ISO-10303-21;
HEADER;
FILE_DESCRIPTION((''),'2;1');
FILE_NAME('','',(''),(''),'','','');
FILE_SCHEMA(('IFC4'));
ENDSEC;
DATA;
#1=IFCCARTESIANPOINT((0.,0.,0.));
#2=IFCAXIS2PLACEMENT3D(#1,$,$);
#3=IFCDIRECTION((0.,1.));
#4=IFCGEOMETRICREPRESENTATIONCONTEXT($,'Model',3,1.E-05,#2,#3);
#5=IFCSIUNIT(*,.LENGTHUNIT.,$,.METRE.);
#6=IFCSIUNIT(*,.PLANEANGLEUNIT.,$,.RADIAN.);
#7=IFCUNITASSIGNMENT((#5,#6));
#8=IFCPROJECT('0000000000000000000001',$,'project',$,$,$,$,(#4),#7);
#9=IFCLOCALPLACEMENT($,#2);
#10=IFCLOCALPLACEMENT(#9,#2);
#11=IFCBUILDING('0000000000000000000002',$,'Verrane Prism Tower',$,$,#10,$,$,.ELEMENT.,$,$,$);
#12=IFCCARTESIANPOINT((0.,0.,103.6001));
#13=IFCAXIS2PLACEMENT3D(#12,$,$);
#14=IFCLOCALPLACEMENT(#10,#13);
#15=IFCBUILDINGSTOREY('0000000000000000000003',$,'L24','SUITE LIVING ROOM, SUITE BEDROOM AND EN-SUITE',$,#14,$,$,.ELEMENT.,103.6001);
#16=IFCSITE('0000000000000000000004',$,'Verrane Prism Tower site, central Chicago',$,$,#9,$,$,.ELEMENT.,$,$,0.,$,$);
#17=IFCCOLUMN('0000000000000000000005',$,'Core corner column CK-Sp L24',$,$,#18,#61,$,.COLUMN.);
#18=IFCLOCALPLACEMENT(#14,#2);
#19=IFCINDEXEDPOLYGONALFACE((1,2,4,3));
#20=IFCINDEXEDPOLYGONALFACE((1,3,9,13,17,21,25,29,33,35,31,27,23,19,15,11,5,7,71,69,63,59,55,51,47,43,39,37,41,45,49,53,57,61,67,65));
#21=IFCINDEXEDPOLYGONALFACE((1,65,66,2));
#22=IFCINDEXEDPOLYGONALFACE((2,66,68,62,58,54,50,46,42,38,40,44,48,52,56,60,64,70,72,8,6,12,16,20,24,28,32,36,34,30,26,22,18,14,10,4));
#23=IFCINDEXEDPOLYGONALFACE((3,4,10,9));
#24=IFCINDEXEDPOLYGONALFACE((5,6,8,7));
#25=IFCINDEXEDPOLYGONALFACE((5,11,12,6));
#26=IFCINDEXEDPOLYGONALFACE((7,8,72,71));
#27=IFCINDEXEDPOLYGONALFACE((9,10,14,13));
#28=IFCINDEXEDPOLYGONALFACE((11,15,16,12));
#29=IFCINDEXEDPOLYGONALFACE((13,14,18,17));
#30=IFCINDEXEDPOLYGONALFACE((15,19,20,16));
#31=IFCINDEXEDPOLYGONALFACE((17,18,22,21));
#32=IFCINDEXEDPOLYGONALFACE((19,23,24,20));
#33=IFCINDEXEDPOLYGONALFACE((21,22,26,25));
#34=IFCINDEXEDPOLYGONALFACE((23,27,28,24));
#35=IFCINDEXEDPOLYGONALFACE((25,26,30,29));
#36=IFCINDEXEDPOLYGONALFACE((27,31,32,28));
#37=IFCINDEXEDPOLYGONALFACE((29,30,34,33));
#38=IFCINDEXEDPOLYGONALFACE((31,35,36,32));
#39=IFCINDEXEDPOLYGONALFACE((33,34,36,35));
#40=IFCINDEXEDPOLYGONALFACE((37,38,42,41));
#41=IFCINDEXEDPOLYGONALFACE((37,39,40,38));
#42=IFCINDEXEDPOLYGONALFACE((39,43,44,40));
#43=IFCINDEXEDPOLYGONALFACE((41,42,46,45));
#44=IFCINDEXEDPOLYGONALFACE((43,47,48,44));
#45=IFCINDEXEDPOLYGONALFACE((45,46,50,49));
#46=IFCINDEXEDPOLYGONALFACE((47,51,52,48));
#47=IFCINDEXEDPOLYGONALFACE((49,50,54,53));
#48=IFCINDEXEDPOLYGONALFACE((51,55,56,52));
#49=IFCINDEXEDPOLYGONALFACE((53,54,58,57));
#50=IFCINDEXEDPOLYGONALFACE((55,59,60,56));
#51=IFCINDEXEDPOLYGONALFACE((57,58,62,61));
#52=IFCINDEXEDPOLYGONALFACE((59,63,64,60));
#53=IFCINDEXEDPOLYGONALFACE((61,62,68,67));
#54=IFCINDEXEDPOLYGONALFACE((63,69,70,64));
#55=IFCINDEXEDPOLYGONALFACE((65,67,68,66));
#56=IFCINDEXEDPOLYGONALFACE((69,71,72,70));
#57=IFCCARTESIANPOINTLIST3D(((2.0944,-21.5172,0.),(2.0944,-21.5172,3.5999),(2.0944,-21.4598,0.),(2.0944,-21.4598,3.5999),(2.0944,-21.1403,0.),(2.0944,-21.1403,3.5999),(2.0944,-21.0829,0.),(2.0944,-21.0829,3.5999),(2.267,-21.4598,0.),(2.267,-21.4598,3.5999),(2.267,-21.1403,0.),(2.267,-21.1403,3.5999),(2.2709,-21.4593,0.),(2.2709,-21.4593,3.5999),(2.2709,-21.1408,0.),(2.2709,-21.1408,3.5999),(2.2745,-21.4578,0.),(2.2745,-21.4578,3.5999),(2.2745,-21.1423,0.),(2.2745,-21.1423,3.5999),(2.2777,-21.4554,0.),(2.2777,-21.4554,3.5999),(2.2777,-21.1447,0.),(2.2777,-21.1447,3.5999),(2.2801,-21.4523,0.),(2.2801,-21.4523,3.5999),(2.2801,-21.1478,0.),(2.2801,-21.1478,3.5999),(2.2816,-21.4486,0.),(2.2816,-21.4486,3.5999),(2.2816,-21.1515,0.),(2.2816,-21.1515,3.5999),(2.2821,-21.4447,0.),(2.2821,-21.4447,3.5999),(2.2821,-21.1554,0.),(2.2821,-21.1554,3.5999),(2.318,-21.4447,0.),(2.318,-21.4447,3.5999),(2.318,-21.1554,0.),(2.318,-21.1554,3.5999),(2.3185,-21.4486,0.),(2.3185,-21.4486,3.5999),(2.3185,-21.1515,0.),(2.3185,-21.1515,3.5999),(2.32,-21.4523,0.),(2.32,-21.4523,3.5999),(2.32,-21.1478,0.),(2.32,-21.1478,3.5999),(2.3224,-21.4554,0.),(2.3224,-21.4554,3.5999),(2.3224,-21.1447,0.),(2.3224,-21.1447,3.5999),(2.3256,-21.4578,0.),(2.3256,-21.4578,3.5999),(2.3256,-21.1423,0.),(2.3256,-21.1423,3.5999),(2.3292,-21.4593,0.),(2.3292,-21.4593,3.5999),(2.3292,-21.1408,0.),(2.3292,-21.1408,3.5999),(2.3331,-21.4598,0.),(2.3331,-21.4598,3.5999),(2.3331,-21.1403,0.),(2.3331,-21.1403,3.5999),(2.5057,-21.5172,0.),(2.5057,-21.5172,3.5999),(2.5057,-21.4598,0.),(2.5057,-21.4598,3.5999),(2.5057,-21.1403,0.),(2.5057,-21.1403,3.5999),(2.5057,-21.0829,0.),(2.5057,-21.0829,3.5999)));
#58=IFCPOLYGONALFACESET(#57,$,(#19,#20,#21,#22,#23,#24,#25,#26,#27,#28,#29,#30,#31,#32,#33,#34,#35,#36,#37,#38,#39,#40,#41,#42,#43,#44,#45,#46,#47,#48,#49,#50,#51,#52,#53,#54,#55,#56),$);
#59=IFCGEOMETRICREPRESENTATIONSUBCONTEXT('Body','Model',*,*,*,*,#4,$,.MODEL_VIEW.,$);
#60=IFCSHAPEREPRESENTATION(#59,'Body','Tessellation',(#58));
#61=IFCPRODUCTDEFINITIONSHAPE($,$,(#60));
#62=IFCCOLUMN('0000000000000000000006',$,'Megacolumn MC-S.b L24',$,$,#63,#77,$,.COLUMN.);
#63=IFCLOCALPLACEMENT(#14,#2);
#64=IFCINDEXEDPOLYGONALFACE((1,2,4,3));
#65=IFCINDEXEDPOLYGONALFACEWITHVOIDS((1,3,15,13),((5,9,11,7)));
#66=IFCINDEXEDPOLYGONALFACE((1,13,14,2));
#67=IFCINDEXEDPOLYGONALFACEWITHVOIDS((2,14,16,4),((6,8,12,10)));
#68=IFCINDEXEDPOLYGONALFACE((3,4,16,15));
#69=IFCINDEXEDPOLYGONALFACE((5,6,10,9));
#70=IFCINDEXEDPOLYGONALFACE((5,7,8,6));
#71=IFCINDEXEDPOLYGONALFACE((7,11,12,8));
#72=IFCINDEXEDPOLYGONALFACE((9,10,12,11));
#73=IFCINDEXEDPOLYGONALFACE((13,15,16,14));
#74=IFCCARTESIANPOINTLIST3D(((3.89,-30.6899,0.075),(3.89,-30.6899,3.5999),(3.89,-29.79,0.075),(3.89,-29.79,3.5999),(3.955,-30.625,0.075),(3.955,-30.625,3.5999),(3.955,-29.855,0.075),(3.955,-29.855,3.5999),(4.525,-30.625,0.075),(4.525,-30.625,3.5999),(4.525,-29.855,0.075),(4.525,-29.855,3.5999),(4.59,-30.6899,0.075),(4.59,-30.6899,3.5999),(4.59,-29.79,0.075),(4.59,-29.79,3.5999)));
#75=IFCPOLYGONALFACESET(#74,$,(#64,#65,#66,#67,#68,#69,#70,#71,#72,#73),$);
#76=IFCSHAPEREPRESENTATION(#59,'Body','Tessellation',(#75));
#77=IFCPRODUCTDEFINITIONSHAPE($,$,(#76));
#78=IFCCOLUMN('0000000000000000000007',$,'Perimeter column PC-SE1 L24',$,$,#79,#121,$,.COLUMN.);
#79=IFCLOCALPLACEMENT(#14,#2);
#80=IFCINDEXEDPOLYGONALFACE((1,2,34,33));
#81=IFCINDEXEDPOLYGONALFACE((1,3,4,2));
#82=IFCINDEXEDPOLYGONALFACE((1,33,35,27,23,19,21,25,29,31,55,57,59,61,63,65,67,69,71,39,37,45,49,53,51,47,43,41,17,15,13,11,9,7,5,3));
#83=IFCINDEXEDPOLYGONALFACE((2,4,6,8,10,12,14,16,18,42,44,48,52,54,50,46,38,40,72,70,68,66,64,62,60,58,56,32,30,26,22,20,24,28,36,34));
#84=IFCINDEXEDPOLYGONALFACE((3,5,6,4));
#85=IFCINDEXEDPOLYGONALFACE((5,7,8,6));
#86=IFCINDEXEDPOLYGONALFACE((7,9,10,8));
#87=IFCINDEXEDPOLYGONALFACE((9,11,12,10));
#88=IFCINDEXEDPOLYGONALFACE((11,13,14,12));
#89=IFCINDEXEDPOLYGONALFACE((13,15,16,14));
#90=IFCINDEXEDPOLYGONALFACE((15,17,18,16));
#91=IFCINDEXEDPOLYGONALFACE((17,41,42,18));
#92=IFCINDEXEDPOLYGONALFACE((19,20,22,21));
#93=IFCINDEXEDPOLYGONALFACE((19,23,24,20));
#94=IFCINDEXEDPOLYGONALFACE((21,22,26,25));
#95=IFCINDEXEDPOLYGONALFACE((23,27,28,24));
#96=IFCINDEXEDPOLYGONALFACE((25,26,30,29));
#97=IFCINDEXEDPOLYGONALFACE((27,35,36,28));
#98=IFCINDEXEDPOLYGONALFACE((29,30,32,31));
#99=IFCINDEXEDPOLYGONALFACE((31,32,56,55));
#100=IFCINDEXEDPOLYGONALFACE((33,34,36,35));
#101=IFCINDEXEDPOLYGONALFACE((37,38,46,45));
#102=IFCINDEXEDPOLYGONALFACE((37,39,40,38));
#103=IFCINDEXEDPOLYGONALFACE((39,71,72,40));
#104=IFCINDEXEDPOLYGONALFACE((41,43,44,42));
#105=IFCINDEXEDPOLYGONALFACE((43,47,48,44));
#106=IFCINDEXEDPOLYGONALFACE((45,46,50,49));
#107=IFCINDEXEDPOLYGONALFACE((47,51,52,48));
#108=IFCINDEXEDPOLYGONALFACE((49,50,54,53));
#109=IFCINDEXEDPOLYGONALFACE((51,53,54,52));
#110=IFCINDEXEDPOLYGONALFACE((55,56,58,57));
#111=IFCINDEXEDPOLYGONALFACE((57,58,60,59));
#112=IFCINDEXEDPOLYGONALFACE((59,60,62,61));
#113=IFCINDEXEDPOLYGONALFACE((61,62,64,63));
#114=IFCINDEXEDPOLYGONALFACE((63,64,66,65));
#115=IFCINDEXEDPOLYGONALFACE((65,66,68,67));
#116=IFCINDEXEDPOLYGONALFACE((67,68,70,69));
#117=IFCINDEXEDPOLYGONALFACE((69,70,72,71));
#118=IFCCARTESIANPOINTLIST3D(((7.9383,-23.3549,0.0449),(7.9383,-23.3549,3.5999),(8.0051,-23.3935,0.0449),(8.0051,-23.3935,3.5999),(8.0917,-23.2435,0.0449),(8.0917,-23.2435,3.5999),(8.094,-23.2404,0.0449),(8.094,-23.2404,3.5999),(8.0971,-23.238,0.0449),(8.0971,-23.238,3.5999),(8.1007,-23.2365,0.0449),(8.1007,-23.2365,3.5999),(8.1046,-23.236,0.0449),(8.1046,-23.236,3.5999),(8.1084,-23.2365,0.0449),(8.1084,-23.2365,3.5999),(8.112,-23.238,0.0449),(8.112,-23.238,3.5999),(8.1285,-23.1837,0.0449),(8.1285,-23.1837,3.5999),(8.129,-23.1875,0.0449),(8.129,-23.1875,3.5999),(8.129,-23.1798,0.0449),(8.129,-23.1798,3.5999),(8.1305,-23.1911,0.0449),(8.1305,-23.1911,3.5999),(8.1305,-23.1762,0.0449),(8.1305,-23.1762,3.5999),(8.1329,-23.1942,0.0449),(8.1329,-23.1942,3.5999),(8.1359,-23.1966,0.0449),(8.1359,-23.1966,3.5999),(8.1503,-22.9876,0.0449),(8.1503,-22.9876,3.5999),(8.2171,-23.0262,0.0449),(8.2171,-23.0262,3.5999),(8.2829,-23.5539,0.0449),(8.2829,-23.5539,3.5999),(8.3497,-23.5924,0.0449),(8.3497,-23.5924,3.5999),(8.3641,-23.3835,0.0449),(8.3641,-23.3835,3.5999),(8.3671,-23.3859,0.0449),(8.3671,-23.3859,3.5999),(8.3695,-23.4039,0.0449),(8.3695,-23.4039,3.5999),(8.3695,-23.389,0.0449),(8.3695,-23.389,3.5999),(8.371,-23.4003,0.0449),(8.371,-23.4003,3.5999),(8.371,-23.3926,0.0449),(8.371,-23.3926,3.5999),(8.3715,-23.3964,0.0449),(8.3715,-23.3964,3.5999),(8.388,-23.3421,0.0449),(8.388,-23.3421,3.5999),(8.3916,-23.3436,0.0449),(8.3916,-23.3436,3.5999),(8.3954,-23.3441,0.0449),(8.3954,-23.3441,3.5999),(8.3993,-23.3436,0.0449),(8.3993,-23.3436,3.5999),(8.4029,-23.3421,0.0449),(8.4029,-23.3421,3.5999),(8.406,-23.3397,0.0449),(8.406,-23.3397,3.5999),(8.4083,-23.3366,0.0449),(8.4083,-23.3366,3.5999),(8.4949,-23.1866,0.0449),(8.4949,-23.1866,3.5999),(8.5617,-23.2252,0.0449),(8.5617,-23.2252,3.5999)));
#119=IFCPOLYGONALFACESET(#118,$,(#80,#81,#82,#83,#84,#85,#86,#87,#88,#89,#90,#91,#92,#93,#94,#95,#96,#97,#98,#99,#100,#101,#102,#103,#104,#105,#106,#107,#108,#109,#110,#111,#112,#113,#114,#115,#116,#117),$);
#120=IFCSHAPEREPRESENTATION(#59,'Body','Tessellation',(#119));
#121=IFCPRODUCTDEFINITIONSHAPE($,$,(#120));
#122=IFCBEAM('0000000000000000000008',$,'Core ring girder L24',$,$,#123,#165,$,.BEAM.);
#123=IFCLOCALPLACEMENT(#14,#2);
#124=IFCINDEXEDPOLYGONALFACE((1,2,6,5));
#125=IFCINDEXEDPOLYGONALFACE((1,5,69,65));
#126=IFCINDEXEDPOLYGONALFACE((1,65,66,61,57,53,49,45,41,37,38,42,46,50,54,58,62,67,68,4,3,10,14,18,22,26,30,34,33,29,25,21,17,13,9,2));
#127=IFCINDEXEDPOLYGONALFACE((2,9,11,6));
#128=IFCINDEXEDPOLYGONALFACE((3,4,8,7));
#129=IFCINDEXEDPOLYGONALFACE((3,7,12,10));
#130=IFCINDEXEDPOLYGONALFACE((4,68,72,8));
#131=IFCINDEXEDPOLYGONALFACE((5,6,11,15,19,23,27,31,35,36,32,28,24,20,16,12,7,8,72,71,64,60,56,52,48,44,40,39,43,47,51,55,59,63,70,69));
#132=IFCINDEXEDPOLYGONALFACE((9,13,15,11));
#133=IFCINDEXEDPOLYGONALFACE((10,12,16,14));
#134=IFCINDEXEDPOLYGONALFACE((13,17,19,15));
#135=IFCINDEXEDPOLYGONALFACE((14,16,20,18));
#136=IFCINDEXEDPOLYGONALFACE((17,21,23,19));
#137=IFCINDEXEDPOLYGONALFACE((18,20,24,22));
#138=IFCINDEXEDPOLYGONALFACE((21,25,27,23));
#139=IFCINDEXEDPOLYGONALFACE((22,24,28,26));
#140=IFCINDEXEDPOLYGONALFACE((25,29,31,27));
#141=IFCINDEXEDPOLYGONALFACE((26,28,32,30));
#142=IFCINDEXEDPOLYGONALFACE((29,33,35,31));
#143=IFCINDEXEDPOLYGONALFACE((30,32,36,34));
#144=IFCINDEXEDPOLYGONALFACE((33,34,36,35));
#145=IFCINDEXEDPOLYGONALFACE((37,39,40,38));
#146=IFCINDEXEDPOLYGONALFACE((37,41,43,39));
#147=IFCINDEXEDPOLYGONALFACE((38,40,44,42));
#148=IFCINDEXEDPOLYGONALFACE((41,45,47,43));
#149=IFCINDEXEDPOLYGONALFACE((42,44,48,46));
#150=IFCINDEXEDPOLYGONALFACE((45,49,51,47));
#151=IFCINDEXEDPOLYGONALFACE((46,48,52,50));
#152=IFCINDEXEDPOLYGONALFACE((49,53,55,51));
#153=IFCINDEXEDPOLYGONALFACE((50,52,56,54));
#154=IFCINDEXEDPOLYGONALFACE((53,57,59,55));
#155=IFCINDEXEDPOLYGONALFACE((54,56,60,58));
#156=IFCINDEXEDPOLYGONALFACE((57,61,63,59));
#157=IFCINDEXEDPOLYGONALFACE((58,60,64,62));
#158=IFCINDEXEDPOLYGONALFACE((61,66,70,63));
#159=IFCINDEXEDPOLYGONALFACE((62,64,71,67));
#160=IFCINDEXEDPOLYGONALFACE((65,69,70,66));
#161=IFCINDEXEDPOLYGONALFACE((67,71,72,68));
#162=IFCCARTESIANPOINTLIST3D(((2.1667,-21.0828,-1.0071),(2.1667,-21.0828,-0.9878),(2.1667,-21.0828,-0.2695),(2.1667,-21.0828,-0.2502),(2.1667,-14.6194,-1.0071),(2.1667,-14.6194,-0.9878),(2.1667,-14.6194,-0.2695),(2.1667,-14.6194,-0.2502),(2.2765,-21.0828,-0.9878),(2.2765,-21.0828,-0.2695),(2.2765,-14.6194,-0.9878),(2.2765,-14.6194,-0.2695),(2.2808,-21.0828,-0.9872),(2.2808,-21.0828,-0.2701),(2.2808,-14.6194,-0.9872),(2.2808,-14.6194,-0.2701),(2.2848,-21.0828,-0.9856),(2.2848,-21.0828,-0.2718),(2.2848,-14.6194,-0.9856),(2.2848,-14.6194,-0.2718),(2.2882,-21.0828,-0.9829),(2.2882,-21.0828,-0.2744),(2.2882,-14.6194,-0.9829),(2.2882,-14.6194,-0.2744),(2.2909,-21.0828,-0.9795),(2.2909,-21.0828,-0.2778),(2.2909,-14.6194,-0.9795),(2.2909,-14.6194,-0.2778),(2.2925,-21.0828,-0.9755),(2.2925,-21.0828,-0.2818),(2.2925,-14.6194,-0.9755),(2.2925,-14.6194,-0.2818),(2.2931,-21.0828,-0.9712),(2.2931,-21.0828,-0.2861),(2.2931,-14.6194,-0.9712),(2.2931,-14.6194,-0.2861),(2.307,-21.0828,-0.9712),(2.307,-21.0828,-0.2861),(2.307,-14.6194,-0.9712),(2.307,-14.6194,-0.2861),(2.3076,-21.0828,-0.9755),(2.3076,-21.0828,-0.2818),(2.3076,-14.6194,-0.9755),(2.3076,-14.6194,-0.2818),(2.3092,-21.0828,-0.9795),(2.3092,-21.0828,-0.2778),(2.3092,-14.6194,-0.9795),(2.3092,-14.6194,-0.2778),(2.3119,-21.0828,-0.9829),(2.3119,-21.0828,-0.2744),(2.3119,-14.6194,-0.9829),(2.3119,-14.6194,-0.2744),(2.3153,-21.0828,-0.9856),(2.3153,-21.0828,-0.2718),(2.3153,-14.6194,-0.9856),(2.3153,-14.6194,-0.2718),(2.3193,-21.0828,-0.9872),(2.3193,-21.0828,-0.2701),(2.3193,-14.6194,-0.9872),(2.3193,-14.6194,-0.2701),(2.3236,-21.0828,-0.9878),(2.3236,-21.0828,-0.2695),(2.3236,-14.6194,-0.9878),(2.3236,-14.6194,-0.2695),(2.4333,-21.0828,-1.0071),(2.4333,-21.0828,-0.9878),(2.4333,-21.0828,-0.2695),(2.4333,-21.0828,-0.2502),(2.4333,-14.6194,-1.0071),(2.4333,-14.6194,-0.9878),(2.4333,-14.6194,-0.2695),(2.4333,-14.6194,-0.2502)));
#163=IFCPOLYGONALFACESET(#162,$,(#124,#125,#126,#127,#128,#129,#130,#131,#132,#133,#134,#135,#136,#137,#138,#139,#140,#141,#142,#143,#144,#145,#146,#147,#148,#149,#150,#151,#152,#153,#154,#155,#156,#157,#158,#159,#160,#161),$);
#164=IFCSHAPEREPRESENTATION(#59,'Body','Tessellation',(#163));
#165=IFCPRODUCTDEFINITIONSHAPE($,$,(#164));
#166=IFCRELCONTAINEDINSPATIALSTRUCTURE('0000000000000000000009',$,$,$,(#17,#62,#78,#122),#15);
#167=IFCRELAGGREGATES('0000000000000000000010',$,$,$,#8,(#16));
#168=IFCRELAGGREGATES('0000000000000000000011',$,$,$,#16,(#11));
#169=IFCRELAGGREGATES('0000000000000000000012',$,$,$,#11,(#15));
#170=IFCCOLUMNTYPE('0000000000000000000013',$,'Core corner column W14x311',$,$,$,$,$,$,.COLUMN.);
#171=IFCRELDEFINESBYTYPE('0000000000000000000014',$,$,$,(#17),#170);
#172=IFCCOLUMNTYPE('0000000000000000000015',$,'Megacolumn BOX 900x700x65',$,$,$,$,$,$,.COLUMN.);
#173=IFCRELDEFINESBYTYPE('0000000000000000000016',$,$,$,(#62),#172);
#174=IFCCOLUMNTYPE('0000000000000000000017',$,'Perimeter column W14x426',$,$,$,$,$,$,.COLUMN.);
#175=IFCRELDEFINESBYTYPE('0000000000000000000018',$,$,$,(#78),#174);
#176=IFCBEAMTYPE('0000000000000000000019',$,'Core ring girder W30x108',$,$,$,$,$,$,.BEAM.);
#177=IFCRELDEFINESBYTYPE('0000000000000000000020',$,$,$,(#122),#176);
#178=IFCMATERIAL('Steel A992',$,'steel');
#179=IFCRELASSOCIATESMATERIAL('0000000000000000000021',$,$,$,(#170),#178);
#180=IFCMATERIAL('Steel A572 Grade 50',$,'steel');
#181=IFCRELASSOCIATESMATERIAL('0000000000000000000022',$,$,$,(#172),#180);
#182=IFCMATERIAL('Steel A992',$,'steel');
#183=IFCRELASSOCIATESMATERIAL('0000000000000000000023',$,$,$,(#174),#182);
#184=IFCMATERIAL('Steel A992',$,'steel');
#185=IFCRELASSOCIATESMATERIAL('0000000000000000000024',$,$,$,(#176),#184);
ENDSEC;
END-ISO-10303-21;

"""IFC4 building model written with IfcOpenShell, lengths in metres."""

from ifc_helpers import new_model, si_unit, direction, frame, origin, origin_2d, place, context, subcontext, project, spatial, hollow_rectangle, i_section, extrude, material, material_profile, profile_set, type_object, element, save


model = new_model("IFC4")

# Units and contexts
model_context = context("Model", 3, precision=1e-05, world=origin(), true_north=direction((0.0, 1.0)))
body_context = subcontext(model_context, "Body", "Model", "MODEL_VIEW")
ifc_project = project(units=[si_unit("LENGTHUNIT", "METRE"), si_unit("PLANEANGLEUNIT", "RADIAN")], contexts=[model_context])

# Site, building, storey
site_placement = place(None, origin())
site = spatial("IfcSite", under=ifc_project, at=site_placement, Name="Verrane Prism Tower site, central Chicago", CompositionType="ELEMENT", RefElevation=0.0)
building_placement = place(site_placement, origin())
building = spatial("IfcBuilding", under=site, at=building_placement, Name="Verrane Prism Tower", CompositionType="ELEMENT")
storey_placement = place(building_placement, frame((0.0, 0.0, 103.6001)))
storey = spatial("IfcBuildingStorey", under=building, at=storey_placement, Name="L24", Description="SUITE LIVING ROOM, SUITE BEDROOM AND EN-SUITE", CompositionType="ELEMENT", Elevation=103.6001)

# Columns
ifc_material_1 = material(Name="Steel A992", Category="steel")
ifc_material_profile_1 = material_profile(ifc_material_1, i_section(OverallWidth=0.4114, OverallDepth=0.4343, WebThickness=0.0359, FlangeThickness=0.0574, FilletRadius=0.0151, at=origin_2d()), Name="W14x311")
ifc_profile_set_1 = profile_set([ifc_material_profile_1], Name="Steel A992")
column_type_1 = type_object("IfcColumnType", Name="Core corner column W14x311", PredefinedType="COLUMN", material=ifc_profile_set_1)
column_1_placement = place(storey_placement, frame((2.3, -21.3, 0.0), z_axis=(0.0, 0.0, 1.0), x_axis=(-1.0, 0.0, 0.0)))
element("IfcColumn", 1, at=column_1_placement, inside=storey, type_object=column_type_1, Name="Core corner column CK-Sp L24", PredefinedType="COLUMN", context=body_context, shape_type="SweptSolid", body=[
    extrude(i_section(OverallWidth=0.4114, OverallDepth=0.4343, WebThickness=0.0359, FlangeThickness=0.0574, FilletRadius=0.0151, at=origin_2d()), origin(), (0.0, 0.0, 1.0), 3.5999),
])
ifc_material_2 = material(Name="Steel A572 Grade 50", Category="steel")
ifc_material_profile_2 = material_profile(ifc_material_2, hollow_rectangle(XDim=0.7, YDim=0.8999, WallThickness=0.0649, at=origin_2d()), Name="BOX 900x700x65")
ifc_profile_set_2 = profile_set([ifc_material_profile_2], Name="Steel A572 Grade 50")
column_type_2 = type_object("IfcColumnType", Name="Megacolumn BOX 900x700x65", PredefinedType="COLUMN", material=ifc_profile_set_2)
column_2_placement = place(storey_placement, frame((4.24, -30.24, 0.075), z_axis=(0.0, 0.0, 1.0), x_axis=(-1.0, 0.0, 0.0)))
element("IfcColumn", 2, at=column_2_placement, inside=storey, type_object=column_type_2, Name="Megacolumn MC-S.b L24", PredefinedType="COLUMN", context=body_context, shape_type="SweptSolid", body=[
    extrude(hollow_rectangle(XDim=0.7, YDim=0.8999, WallThickness=0.0649, at=origin_2d()), origin(), (0.0, 0.0, 1.0), 3.5249),
])
ifc_material_3 = material(Name="Steel A992", Category="steel")
ifc_material_profile_3 = material_profile(ifc_material_3, i_section(OverallWidth=0.4241, OverallDepth=0.4751, WebThickness=0.0479, FlangeThickness=0.0771, FilletRadius=0.0149, at=origin_2d()), Name="W14x426")
ifc_profile_set_3 = profile_set([ifc_material_profile_3], Name="Steel A992")
column_type_3 = type_object("IfcColumnType", Name="Perimeter column W14x426", PredefinedType="COLUMN", material=ifc_profile_set_3)
column_3_placement = place(storey_placement, frame((8.25, -23.29, 0.0449), z_axis=(0.0, 0.0, 1.0), x_axis=(-0.5, -0.866025, 0.0)))
element("IfcColumn", 3, at=column_3_placement, inside=storey, type_object=column_type_3, Name="Perimeter column PC-SE1 L24", PredefinedType="COLUMN", context=body_context, shape_type="SweptSolid", body=[
    extrude(i_section(OverallWidth=0.4241, OverallDepth=0.4751, WebThickness=0.0479, FlangeThickness=0.0771, FilletRadius=0.0149, at=origin_2d()), origin(), (0.0, 0.0, 1.0), 3.5549),
])

# Beam
ifc_material_4 = material(Name="Steel A992", Category="steel")
ifc_material_profile_4 = material_profile(ifc_material_4, i_section(OverallWidth=0.2666, OverallDepth=0.7568, WebThickness=0.0139, FlangeThickness=0.0193, FilletRadius=0.0166, at=origin_2d()), Name="W30x108")
ifc_profile_set_4 = profile_set([ifc_material_profile_4], Name="Steel A992")
beam_type_1 = type_object("IfcBeamType", Name="Core ring girder W30x108", PredefinedType="BEAM", material=ifc_profile_set_4)
beam_1_placement = place(storey_placement, frame((2.3, -21.0828, -0.6287), z_axis=(0.0, 1.0, 0.0), x_axis=(-1.0, 0.0, 0.0)))
element("IfcBeam", 4, at=beam_1_placement, inside=storey, type_object=beam_type_1, Name="Core ring girder L24", PredefinedType="BEAM", context=body_context, shape_type="SweptSolid", body=[
    extrude(i_section(OverallWidth=0.2666, OverallDepth=0.7568, WebThickness=0.0139, FlangeThickness=0.0193, FilletRadius=0.0166, at=origin_2d()), origin(), (0.0, 0.0, 1.0), 6.4634),
])

save(model, "model.ifc")
